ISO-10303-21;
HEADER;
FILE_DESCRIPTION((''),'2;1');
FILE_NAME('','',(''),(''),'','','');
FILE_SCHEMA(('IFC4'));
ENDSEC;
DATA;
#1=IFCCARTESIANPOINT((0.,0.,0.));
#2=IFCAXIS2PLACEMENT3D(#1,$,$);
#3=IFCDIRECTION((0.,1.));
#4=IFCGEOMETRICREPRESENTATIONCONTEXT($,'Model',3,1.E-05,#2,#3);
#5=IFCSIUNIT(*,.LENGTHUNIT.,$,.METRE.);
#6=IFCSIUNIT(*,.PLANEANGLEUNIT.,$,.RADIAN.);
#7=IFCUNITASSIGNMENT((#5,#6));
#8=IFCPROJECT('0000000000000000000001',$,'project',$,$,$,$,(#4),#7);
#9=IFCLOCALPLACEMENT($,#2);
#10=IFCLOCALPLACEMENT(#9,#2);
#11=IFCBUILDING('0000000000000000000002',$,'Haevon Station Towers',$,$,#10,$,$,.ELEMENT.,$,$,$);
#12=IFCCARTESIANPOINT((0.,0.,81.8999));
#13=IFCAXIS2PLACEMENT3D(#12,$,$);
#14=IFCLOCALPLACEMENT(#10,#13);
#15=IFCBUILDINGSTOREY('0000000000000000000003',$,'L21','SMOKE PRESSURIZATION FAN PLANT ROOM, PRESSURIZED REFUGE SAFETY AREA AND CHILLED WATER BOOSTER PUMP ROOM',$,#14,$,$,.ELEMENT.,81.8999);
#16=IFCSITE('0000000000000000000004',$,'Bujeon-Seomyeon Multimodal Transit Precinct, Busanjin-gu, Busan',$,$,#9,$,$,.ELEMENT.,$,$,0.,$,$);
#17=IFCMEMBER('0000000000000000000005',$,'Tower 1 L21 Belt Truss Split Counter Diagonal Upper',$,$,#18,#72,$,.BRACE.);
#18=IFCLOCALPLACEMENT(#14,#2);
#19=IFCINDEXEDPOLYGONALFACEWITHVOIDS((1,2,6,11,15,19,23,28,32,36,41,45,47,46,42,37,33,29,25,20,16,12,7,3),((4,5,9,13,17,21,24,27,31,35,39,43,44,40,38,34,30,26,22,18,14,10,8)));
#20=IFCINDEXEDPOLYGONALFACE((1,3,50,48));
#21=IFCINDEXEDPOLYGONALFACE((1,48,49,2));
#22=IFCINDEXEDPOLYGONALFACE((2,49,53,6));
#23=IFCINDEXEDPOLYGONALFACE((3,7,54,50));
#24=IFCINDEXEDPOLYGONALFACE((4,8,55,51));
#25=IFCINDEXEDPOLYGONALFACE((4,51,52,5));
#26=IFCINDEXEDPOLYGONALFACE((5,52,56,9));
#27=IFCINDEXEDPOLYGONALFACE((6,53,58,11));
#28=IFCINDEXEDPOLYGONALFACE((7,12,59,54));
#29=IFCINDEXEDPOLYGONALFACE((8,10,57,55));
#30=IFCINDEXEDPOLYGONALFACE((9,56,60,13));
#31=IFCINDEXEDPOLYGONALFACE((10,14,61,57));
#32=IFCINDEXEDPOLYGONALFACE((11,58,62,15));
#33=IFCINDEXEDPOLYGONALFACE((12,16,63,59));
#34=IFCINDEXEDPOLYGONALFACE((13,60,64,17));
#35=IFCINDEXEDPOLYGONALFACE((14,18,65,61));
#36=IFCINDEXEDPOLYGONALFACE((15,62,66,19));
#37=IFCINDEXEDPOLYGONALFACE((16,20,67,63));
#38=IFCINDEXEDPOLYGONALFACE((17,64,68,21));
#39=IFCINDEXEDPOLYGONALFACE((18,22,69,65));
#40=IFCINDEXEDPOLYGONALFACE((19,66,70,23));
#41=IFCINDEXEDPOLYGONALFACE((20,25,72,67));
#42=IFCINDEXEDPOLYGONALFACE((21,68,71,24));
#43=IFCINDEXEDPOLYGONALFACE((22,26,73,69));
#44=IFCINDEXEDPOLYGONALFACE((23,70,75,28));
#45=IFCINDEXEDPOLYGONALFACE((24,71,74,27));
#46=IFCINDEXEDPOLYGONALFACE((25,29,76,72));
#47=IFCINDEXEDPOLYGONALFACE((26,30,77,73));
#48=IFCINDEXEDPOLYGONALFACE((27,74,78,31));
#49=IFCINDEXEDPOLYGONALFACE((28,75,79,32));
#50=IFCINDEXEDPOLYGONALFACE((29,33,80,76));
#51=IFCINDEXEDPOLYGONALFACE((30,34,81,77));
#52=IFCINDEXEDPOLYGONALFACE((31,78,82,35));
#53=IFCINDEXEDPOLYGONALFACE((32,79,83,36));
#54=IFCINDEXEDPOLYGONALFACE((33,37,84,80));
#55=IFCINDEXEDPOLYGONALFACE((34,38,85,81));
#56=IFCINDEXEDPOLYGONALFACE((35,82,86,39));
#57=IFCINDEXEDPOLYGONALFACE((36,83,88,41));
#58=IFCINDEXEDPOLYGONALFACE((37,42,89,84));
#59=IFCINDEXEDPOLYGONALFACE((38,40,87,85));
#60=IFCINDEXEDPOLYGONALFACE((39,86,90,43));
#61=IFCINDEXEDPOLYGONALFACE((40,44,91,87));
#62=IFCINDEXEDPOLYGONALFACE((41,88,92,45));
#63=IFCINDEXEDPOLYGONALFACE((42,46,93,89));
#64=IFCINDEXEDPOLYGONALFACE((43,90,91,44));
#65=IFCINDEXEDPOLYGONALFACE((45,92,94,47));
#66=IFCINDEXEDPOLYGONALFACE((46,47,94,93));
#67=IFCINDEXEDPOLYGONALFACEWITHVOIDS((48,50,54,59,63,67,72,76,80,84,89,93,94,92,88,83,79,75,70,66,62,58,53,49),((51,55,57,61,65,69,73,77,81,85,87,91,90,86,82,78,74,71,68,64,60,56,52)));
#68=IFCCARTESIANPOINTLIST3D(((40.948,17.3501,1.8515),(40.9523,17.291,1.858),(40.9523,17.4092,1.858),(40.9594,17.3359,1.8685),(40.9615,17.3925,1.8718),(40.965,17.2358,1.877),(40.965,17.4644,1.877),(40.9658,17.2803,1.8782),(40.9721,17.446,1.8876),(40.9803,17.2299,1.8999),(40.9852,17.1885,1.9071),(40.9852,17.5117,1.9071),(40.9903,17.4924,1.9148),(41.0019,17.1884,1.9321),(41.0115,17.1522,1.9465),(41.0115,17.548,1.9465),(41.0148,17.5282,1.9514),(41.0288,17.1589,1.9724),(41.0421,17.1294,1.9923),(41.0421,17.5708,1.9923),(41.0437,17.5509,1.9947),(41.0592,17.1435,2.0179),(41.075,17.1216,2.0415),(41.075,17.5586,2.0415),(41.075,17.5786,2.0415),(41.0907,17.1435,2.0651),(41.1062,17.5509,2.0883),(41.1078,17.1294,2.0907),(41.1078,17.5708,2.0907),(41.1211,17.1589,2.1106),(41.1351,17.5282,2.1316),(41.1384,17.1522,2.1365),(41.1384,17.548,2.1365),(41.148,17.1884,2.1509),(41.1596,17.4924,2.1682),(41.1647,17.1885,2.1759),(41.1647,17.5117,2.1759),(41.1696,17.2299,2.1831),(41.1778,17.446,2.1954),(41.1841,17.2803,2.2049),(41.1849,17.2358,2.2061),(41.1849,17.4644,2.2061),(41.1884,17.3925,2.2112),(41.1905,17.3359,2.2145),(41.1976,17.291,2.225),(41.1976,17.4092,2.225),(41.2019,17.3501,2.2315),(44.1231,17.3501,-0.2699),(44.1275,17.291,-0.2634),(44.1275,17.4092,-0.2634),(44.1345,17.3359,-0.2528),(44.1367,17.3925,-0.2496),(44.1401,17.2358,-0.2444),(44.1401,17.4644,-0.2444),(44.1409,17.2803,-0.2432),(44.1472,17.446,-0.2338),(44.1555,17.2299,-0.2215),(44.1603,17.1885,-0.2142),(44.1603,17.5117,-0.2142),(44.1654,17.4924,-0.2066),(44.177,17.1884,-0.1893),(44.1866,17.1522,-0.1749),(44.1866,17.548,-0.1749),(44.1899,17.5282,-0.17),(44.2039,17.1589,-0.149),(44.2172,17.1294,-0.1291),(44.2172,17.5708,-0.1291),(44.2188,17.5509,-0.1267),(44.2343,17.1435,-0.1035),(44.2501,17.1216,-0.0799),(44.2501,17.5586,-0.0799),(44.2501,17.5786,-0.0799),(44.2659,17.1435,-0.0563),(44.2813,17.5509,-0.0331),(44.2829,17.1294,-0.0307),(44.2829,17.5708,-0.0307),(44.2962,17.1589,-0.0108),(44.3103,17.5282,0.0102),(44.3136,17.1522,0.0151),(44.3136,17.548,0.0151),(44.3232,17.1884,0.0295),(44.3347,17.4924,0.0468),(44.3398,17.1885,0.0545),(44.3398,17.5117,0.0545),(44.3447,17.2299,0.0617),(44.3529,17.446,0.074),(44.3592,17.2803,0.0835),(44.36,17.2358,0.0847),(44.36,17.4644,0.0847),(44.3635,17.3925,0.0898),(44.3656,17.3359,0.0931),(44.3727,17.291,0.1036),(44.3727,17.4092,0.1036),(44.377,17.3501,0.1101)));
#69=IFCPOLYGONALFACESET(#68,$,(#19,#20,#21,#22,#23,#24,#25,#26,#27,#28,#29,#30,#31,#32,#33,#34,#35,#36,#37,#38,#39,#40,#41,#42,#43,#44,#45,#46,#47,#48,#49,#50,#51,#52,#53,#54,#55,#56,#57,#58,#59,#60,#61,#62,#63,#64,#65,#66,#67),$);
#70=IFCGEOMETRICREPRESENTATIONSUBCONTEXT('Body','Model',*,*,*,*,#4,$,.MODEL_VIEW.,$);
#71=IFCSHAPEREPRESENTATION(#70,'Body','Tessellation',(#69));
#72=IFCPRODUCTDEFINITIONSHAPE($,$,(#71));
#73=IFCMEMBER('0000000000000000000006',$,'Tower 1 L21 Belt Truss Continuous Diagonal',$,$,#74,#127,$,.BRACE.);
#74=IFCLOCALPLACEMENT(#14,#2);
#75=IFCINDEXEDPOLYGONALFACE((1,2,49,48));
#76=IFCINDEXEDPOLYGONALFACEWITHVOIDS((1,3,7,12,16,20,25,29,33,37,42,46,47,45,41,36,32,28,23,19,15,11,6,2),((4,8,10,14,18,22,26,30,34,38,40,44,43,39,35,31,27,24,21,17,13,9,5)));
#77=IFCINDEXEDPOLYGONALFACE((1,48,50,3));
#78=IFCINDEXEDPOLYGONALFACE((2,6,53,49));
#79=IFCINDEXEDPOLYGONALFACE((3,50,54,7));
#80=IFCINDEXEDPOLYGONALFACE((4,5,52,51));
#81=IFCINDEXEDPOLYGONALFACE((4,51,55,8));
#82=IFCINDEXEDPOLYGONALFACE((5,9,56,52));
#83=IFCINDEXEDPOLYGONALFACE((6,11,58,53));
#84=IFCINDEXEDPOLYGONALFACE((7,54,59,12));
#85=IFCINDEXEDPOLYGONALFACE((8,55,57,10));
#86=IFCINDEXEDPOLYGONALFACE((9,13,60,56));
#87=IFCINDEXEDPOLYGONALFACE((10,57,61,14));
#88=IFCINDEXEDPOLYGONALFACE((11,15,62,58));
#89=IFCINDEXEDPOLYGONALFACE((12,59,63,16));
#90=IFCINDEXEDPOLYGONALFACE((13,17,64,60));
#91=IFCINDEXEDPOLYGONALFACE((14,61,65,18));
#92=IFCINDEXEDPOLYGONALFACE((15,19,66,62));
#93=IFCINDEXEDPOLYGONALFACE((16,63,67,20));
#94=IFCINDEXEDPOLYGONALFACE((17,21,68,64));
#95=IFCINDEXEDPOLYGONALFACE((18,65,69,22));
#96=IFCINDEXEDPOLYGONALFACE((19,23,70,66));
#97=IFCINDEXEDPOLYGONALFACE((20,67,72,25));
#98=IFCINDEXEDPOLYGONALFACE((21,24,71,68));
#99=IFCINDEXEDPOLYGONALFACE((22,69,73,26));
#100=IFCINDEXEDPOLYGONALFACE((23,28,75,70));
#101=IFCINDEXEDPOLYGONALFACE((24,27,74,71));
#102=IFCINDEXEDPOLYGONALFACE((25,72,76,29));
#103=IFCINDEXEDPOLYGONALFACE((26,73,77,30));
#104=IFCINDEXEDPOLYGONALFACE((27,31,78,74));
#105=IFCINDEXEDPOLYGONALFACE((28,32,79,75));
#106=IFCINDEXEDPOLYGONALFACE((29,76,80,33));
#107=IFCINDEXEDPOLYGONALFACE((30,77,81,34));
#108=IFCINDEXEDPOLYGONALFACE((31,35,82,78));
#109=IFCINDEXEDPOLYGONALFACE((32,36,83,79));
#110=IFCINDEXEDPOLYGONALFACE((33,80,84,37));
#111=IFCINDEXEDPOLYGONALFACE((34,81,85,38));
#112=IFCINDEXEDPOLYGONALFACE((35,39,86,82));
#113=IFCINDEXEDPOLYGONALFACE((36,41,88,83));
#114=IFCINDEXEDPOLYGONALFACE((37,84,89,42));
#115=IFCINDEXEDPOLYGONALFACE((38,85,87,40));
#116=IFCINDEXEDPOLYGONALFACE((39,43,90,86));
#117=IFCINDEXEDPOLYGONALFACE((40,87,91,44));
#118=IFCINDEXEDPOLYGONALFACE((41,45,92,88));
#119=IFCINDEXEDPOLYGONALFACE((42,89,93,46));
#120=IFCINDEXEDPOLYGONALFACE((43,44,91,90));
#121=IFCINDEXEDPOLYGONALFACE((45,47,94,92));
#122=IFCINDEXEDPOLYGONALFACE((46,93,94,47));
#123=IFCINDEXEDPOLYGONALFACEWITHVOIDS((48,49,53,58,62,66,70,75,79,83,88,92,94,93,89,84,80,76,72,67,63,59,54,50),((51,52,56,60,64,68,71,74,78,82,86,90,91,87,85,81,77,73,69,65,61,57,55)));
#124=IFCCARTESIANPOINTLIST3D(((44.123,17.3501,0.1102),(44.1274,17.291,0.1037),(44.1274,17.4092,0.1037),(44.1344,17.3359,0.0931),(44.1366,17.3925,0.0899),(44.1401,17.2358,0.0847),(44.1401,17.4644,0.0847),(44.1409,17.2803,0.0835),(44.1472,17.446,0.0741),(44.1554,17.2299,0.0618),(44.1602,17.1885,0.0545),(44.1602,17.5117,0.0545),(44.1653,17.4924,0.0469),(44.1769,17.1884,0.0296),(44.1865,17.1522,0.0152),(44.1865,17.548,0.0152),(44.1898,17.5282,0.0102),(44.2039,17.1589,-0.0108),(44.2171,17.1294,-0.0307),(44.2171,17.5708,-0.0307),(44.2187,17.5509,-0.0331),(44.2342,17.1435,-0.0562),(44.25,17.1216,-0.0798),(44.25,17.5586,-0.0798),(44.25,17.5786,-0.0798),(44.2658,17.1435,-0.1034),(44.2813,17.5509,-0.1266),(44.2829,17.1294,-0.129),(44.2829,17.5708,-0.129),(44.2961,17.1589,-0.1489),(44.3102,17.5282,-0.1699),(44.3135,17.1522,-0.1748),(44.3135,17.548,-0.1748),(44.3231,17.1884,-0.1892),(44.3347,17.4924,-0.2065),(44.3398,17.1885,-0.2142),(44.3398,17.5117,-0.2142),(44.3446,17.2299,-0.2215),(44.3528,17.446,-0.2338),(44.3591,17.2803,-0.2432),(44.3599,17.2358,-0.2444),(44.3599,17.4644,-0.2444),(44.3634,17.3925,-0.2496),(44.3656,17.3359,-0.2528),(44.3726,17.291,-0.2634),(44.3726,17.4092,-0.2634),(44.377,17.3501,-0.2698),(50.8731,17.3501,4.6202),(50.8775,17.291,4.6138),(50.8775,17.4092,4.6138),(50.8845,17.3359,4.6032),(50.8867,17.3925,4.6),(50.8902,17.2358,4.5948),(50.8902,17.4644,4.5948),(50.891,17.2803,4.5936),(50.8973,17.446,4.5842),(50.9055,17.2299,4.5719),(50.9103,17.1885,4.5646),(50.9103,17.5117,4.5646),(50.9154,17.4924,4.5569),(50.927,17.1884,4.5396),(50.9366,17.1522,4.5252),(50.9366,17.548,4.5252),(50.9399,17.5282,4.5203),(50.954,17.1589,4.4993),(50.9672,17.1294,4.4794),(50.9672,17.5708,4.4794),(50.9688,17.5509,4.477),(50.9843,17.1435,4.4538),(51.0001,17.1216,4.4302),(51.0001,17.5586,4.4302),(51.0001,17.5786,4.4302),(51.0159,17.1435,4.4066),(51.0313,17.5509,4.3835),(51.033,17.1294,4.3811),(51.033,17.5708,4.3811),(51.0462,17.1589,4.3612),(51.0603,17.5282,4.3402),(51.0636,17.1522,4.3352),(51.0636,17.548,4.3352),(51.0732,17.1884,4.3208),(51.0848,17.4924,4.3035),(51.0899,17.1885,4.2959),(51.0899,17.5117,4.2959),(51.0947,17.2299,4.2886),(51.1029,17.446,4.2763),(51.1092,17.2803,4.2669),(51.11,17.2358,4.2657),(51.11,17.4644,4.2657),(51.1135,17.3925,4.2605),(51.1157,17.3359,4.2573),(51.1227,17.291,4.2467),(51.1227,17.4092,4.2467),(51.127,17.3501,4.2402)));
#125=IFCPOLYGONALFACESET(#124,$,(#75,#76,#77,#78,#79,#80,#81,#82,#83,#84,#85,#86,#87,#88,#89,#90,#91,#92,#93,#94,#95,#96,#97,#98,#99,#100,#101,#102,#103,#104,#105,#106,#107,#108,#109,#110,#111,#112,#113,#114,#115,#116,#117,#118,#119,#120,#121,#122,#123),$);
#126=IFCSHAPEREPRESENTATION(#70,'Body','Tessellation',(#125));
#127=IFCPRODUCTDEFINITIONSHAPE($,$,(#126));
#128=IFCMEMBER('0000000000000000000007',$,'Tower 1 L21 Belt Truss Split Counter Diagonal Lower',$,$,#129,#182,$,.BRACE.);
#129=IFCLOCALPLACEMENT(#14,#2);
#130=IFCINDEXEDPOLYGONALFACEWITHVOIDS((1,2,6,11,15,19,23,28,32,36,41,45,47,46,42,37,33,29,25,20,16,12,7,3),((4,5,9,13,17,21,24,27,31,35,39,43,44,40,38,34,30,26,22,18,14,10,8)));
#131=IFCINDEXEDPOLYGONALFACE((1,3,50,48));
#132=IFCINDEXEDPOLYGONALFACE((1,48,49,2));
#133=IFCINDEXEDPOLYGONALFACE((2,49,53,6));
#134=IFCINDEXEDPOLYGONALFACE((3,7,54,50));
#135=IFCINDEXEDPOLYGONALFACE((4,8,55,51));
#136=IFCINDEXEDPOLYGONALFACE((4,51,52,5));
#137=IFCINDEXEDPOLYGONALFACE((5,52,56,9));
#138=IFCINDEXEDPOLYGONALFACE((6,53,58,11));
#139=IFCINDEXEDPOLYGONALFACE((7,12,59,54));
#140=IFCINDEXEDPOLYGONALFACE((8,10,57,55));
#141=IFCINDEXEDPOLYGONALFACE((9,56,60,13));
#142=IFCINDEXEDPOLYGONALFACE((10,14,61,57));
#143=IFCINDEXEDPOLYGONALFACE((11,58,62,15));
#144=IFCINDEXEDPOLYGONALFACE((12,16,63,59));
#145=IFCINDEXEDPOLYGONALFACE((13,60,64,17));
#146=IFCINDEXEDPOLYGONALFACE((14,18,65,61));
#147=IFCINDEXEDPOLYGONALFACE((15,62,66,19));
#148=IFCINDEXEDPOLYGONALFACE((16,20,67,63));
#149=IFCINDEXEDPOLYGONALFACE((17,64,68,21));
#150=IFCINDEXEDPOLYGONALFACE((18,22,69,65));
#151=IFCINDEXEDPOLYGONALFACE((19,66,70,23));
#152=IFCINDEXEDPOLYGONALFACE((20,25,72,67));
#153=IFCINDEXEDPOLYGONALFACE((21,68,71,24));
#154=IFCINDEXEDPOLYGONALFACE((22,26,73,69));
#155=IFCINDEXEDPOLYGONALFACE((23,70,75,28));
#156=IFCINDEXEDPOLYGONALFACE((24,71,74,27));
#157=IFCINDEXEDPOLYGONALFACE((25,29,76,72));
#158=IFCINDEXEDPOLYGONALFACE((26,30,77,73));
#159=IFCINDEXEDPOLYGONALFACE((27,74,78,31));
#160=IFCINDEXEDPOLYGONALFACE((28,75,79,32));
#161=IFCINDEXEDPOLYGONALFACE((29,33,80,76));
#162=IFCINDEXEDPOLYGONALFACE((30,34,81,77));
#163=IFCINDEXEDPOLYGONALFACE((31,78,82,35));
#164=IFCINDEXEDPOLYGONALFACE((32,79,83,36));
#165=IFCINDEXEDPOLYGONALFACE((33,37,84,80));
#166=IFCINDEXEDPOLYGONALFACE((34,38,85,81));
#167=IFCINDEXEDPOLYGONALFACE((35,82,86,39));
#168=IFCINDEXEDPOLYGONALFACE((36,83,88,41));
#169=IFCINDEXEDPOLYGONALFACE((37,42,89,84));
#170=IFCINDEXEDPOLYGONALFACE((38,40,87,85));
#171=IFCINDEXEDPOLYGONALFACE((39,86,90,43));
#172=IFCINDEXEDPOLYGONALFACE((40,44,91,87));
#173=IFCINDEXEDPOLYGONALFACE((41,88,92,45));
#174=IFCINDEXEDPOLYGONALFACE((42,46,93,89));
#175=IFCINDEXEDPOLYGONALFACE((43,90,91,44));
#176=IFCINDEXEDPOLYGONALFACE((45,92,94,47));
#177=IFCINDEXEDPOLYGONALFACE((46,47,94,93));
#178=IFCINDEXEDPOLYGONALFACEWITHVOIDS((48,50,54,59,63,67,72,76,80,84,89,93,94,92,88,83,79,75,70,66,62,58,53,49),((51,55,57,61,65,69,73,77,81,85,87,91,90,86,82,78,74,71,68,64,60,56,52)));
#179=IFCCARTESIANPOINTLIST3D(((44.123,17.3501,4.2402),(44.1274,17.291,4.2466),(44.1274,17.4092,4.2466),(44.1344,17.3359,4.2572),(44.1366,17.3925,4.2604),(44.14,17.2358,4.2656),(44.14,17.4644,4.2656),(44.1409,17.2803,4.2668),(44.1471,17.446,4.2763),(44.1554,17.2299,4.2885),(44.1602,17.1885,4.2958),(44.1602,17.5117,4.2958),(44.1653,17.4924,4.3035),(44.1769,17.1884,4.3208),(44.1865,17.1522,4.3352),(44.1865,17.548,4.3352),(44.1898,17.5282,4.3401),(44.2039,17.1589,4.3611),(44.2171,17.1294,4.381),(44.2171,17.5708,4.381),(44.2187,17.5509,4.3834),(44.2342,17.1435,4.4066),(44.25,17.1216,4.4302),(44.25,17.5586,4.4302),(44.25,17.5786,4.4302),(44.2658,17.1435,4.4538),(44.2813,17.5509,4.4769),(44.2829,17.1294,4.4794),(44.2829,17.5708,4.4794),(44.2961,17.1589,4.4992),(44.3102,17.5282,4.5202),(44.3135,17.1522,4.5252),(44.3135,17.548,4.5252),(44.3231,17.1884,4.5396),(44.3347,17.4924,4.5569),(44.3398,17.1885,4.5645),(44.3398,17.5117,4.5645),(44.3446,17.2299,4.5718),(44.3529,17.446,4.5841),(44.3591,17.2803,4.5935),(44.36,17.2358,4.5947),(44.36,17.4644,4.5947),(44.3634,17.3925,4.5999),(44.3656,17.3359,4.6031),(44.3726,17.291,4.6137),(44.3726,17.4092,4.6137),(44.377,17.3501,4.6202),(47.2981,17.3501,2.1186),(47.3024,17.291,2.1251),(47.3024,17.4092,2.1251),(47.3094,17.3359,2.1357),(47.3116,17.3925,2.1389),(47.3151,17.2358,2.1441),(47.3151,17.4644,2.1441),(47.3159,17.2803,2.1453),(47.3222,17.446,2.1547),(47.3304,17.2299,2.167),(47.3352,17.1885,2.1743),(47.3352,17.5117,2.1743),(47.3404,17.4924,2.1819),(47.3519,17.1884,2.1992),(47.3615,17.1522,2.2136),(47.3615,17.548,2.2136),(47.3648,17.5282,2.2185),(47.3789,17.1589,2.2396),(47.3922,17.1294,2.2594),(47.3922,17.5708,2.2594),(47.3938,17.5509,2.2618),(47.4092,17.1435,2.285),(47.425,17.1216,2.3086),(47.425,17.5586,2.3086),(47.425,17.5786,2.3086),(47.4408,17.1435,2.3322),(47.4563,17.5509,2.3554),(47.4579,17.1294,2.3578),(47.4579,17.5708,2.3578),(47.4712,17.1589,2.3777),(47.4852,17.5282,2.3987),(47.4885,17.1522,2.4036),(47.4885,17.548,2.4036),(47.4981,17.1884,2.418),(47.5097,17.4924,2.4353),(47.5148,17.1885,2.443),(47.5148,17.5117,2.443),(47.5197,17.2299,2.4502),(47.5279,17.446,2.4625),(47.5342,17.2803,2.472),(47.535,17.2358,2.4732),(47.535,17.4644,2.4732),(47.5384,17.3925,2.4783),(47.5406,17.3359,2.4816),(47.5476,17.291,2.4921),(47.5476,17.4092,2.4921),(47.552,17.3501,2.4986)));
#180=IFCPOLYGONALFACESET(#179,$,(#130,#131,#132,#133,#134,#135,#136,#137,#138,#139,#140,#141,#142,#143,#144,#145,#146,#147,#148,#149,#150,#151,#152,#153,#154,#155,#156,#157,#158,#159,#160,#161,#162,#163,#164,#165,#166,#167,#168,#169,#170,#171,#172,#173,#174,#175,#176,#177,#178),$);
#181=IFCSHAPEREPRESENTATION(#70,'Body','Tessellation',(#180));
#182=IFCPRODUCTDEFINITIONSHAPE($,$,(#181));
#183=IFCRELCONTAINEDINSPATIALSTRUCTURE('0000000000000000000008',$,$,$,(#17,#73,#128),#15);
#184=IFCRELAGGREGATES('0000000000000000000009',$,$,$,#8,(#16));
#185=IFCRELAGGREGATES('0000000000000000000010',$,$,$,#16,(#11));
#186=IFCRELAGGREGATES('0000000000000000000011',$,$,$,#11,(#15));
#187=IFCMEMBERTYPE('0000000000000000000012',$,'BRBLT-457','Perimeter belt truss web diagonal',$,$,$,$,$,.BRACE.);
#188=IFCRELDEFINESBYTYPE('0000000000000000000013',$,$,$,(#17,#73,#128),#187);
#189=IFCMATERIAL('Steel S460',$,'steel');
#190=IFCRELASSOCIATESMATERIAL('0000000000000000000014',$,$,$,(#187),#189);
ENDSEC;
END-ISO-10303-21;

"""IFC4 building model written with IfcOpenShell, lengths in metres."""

from ifc_helpers import new_model, si_unit, direction, frame, origin, origin_2d, place, context, subcontext, project, spatial, hollow_circle, extrude, material, material_profile, profile_set, type_object, element, save


model = new_model("IFC4")

# Units and contexts
model_context = context("Model", 3, precision=1e-05, world=origin(), true_north=direction((0.0, 1.0)))
body_context = subcontext(model_context, "Body", "Model", "MODEL_VIEW")
ifc_project = project(units=[si_unit("LENGTHUNIT", "METRE"), si_unit("PLANEANGLEUNIT", "RADIAN")], contexts=[model_context])

# Site, building, storey
site_placement = place(None, origin())
site = spatial("IfcSite", under=ifc_project, at=site_placement, Name="Bujeon-Seomyeon Multimodal Transit Precinct, Busanjin-gu, Busan", CompositionType="ELEMENT", RefElevation=0.0)
building_placement = place(site_placement, origin())
building = spatial("IfcBuilding", under=site, at=building_placement, Name="Haevon Station Towers", CompositionType="ELEMENT")
storey_placement = place(building_placement, frame((0.0, 0.0, 81.8999)))
storey = spatial("IfcBuildingStorey", under=building, at=storey_placement, Name="L21", Description="SMOKE PRESSURIZATION FAN PLANT ROOM, PRESSURIZED REFUGE SAFETY AREA AND CHILLED WATER BOOSTER PUMP ROOM", CompositionType="ELEMENT", Elevation=81.8999)

# Shared definitions
ifc_material_1 = material(Name="Steel S460", Category="steel")

# Members
ifc_material_profile_1 = material_profile(ifc_material_1, hollow_circle(Radius=0.2285, WallThickness=0.02, at=origin_2d()), Name="CHS-457x20")
ifc_profile_set_1 = profile_set([ifc_material_profile_1], Name="Steel S460")
member_type_1 = type_object("IfcMemberType", Name="BRBLT-457", Description="Perimeter belt truss web diagonal", PredefinedType="BRACE", material=ifc_profile_set_1)
for number, where, z_axis, x_axis, name in (
    (1, (41.075, 17.3501, 2.0415), (0.831489, 0.0, -0.555541), (0.0, 1.0, 0.0), "Tower 1 L21 Belt Truss Split Counter Diagonal Upper"),
):
    element("IfcMember", number, at=place(storey_placement, frame(where, z_axis=z_axis, x_axis=x_axis)), inside=storey, type_object=member_type_1, Name=name, PredefinedType="BRACE", context=body_context, shape_type="SweptSolid", body=[
        extrude(hollow_circle(Radius=0.2285, WallThickness=0.02, at=origin_2d()), origin(), (0.0, 0.0, 1.0), 3.8186),
    ])
member_1_placement = place(storey_placement, frame((44.25, 17.3501, -0.0798), z_axis=(0.831481, 0.0, 0.555554), x_axis=(0.0, 1.0, 0.0)))
element("IfcMember", 2, at=member_1_placement, inside=storey, type_object=member_type_1, Name="Tower 1 L21 Belt Truss Continuous Diagonal", PredefinedType="BRACE", context=body_context, shape_type="SweptSolid", body=[
    extrude(hollow_circle(Radius=0.2285, WallThickness=0.02, at=origin_2d()), origin(), (0.0, 0.0, 1.0), 8.1182),
])
for number, where, z_axis, x_axis, name in (
    (3, (44.25, 17.3501, 4.4302), (0.83146, 0.0, -0.555585), (0.0, 1.0, 0.0), "Tower 1 L21 Belt Truss Split Counter Diagonal Lower"),
):
    element("IfcMember", number, at=place(storey_placement, frame(where, z_axis=z_axis, x_axis=x_axis)), inside=storey, type_object=member_type_1, Name=name, PredefinedType="BRACE", context=body_context, shape_type="SweptSolid", body=[
        extrude(hollow_circle(Radius=0.2285, WallThickness=0.02, at=origin_2d()), origin(), (0.0, 0.0, 1.0), 3.8186),
    ])

save(model, "model.ifc")
